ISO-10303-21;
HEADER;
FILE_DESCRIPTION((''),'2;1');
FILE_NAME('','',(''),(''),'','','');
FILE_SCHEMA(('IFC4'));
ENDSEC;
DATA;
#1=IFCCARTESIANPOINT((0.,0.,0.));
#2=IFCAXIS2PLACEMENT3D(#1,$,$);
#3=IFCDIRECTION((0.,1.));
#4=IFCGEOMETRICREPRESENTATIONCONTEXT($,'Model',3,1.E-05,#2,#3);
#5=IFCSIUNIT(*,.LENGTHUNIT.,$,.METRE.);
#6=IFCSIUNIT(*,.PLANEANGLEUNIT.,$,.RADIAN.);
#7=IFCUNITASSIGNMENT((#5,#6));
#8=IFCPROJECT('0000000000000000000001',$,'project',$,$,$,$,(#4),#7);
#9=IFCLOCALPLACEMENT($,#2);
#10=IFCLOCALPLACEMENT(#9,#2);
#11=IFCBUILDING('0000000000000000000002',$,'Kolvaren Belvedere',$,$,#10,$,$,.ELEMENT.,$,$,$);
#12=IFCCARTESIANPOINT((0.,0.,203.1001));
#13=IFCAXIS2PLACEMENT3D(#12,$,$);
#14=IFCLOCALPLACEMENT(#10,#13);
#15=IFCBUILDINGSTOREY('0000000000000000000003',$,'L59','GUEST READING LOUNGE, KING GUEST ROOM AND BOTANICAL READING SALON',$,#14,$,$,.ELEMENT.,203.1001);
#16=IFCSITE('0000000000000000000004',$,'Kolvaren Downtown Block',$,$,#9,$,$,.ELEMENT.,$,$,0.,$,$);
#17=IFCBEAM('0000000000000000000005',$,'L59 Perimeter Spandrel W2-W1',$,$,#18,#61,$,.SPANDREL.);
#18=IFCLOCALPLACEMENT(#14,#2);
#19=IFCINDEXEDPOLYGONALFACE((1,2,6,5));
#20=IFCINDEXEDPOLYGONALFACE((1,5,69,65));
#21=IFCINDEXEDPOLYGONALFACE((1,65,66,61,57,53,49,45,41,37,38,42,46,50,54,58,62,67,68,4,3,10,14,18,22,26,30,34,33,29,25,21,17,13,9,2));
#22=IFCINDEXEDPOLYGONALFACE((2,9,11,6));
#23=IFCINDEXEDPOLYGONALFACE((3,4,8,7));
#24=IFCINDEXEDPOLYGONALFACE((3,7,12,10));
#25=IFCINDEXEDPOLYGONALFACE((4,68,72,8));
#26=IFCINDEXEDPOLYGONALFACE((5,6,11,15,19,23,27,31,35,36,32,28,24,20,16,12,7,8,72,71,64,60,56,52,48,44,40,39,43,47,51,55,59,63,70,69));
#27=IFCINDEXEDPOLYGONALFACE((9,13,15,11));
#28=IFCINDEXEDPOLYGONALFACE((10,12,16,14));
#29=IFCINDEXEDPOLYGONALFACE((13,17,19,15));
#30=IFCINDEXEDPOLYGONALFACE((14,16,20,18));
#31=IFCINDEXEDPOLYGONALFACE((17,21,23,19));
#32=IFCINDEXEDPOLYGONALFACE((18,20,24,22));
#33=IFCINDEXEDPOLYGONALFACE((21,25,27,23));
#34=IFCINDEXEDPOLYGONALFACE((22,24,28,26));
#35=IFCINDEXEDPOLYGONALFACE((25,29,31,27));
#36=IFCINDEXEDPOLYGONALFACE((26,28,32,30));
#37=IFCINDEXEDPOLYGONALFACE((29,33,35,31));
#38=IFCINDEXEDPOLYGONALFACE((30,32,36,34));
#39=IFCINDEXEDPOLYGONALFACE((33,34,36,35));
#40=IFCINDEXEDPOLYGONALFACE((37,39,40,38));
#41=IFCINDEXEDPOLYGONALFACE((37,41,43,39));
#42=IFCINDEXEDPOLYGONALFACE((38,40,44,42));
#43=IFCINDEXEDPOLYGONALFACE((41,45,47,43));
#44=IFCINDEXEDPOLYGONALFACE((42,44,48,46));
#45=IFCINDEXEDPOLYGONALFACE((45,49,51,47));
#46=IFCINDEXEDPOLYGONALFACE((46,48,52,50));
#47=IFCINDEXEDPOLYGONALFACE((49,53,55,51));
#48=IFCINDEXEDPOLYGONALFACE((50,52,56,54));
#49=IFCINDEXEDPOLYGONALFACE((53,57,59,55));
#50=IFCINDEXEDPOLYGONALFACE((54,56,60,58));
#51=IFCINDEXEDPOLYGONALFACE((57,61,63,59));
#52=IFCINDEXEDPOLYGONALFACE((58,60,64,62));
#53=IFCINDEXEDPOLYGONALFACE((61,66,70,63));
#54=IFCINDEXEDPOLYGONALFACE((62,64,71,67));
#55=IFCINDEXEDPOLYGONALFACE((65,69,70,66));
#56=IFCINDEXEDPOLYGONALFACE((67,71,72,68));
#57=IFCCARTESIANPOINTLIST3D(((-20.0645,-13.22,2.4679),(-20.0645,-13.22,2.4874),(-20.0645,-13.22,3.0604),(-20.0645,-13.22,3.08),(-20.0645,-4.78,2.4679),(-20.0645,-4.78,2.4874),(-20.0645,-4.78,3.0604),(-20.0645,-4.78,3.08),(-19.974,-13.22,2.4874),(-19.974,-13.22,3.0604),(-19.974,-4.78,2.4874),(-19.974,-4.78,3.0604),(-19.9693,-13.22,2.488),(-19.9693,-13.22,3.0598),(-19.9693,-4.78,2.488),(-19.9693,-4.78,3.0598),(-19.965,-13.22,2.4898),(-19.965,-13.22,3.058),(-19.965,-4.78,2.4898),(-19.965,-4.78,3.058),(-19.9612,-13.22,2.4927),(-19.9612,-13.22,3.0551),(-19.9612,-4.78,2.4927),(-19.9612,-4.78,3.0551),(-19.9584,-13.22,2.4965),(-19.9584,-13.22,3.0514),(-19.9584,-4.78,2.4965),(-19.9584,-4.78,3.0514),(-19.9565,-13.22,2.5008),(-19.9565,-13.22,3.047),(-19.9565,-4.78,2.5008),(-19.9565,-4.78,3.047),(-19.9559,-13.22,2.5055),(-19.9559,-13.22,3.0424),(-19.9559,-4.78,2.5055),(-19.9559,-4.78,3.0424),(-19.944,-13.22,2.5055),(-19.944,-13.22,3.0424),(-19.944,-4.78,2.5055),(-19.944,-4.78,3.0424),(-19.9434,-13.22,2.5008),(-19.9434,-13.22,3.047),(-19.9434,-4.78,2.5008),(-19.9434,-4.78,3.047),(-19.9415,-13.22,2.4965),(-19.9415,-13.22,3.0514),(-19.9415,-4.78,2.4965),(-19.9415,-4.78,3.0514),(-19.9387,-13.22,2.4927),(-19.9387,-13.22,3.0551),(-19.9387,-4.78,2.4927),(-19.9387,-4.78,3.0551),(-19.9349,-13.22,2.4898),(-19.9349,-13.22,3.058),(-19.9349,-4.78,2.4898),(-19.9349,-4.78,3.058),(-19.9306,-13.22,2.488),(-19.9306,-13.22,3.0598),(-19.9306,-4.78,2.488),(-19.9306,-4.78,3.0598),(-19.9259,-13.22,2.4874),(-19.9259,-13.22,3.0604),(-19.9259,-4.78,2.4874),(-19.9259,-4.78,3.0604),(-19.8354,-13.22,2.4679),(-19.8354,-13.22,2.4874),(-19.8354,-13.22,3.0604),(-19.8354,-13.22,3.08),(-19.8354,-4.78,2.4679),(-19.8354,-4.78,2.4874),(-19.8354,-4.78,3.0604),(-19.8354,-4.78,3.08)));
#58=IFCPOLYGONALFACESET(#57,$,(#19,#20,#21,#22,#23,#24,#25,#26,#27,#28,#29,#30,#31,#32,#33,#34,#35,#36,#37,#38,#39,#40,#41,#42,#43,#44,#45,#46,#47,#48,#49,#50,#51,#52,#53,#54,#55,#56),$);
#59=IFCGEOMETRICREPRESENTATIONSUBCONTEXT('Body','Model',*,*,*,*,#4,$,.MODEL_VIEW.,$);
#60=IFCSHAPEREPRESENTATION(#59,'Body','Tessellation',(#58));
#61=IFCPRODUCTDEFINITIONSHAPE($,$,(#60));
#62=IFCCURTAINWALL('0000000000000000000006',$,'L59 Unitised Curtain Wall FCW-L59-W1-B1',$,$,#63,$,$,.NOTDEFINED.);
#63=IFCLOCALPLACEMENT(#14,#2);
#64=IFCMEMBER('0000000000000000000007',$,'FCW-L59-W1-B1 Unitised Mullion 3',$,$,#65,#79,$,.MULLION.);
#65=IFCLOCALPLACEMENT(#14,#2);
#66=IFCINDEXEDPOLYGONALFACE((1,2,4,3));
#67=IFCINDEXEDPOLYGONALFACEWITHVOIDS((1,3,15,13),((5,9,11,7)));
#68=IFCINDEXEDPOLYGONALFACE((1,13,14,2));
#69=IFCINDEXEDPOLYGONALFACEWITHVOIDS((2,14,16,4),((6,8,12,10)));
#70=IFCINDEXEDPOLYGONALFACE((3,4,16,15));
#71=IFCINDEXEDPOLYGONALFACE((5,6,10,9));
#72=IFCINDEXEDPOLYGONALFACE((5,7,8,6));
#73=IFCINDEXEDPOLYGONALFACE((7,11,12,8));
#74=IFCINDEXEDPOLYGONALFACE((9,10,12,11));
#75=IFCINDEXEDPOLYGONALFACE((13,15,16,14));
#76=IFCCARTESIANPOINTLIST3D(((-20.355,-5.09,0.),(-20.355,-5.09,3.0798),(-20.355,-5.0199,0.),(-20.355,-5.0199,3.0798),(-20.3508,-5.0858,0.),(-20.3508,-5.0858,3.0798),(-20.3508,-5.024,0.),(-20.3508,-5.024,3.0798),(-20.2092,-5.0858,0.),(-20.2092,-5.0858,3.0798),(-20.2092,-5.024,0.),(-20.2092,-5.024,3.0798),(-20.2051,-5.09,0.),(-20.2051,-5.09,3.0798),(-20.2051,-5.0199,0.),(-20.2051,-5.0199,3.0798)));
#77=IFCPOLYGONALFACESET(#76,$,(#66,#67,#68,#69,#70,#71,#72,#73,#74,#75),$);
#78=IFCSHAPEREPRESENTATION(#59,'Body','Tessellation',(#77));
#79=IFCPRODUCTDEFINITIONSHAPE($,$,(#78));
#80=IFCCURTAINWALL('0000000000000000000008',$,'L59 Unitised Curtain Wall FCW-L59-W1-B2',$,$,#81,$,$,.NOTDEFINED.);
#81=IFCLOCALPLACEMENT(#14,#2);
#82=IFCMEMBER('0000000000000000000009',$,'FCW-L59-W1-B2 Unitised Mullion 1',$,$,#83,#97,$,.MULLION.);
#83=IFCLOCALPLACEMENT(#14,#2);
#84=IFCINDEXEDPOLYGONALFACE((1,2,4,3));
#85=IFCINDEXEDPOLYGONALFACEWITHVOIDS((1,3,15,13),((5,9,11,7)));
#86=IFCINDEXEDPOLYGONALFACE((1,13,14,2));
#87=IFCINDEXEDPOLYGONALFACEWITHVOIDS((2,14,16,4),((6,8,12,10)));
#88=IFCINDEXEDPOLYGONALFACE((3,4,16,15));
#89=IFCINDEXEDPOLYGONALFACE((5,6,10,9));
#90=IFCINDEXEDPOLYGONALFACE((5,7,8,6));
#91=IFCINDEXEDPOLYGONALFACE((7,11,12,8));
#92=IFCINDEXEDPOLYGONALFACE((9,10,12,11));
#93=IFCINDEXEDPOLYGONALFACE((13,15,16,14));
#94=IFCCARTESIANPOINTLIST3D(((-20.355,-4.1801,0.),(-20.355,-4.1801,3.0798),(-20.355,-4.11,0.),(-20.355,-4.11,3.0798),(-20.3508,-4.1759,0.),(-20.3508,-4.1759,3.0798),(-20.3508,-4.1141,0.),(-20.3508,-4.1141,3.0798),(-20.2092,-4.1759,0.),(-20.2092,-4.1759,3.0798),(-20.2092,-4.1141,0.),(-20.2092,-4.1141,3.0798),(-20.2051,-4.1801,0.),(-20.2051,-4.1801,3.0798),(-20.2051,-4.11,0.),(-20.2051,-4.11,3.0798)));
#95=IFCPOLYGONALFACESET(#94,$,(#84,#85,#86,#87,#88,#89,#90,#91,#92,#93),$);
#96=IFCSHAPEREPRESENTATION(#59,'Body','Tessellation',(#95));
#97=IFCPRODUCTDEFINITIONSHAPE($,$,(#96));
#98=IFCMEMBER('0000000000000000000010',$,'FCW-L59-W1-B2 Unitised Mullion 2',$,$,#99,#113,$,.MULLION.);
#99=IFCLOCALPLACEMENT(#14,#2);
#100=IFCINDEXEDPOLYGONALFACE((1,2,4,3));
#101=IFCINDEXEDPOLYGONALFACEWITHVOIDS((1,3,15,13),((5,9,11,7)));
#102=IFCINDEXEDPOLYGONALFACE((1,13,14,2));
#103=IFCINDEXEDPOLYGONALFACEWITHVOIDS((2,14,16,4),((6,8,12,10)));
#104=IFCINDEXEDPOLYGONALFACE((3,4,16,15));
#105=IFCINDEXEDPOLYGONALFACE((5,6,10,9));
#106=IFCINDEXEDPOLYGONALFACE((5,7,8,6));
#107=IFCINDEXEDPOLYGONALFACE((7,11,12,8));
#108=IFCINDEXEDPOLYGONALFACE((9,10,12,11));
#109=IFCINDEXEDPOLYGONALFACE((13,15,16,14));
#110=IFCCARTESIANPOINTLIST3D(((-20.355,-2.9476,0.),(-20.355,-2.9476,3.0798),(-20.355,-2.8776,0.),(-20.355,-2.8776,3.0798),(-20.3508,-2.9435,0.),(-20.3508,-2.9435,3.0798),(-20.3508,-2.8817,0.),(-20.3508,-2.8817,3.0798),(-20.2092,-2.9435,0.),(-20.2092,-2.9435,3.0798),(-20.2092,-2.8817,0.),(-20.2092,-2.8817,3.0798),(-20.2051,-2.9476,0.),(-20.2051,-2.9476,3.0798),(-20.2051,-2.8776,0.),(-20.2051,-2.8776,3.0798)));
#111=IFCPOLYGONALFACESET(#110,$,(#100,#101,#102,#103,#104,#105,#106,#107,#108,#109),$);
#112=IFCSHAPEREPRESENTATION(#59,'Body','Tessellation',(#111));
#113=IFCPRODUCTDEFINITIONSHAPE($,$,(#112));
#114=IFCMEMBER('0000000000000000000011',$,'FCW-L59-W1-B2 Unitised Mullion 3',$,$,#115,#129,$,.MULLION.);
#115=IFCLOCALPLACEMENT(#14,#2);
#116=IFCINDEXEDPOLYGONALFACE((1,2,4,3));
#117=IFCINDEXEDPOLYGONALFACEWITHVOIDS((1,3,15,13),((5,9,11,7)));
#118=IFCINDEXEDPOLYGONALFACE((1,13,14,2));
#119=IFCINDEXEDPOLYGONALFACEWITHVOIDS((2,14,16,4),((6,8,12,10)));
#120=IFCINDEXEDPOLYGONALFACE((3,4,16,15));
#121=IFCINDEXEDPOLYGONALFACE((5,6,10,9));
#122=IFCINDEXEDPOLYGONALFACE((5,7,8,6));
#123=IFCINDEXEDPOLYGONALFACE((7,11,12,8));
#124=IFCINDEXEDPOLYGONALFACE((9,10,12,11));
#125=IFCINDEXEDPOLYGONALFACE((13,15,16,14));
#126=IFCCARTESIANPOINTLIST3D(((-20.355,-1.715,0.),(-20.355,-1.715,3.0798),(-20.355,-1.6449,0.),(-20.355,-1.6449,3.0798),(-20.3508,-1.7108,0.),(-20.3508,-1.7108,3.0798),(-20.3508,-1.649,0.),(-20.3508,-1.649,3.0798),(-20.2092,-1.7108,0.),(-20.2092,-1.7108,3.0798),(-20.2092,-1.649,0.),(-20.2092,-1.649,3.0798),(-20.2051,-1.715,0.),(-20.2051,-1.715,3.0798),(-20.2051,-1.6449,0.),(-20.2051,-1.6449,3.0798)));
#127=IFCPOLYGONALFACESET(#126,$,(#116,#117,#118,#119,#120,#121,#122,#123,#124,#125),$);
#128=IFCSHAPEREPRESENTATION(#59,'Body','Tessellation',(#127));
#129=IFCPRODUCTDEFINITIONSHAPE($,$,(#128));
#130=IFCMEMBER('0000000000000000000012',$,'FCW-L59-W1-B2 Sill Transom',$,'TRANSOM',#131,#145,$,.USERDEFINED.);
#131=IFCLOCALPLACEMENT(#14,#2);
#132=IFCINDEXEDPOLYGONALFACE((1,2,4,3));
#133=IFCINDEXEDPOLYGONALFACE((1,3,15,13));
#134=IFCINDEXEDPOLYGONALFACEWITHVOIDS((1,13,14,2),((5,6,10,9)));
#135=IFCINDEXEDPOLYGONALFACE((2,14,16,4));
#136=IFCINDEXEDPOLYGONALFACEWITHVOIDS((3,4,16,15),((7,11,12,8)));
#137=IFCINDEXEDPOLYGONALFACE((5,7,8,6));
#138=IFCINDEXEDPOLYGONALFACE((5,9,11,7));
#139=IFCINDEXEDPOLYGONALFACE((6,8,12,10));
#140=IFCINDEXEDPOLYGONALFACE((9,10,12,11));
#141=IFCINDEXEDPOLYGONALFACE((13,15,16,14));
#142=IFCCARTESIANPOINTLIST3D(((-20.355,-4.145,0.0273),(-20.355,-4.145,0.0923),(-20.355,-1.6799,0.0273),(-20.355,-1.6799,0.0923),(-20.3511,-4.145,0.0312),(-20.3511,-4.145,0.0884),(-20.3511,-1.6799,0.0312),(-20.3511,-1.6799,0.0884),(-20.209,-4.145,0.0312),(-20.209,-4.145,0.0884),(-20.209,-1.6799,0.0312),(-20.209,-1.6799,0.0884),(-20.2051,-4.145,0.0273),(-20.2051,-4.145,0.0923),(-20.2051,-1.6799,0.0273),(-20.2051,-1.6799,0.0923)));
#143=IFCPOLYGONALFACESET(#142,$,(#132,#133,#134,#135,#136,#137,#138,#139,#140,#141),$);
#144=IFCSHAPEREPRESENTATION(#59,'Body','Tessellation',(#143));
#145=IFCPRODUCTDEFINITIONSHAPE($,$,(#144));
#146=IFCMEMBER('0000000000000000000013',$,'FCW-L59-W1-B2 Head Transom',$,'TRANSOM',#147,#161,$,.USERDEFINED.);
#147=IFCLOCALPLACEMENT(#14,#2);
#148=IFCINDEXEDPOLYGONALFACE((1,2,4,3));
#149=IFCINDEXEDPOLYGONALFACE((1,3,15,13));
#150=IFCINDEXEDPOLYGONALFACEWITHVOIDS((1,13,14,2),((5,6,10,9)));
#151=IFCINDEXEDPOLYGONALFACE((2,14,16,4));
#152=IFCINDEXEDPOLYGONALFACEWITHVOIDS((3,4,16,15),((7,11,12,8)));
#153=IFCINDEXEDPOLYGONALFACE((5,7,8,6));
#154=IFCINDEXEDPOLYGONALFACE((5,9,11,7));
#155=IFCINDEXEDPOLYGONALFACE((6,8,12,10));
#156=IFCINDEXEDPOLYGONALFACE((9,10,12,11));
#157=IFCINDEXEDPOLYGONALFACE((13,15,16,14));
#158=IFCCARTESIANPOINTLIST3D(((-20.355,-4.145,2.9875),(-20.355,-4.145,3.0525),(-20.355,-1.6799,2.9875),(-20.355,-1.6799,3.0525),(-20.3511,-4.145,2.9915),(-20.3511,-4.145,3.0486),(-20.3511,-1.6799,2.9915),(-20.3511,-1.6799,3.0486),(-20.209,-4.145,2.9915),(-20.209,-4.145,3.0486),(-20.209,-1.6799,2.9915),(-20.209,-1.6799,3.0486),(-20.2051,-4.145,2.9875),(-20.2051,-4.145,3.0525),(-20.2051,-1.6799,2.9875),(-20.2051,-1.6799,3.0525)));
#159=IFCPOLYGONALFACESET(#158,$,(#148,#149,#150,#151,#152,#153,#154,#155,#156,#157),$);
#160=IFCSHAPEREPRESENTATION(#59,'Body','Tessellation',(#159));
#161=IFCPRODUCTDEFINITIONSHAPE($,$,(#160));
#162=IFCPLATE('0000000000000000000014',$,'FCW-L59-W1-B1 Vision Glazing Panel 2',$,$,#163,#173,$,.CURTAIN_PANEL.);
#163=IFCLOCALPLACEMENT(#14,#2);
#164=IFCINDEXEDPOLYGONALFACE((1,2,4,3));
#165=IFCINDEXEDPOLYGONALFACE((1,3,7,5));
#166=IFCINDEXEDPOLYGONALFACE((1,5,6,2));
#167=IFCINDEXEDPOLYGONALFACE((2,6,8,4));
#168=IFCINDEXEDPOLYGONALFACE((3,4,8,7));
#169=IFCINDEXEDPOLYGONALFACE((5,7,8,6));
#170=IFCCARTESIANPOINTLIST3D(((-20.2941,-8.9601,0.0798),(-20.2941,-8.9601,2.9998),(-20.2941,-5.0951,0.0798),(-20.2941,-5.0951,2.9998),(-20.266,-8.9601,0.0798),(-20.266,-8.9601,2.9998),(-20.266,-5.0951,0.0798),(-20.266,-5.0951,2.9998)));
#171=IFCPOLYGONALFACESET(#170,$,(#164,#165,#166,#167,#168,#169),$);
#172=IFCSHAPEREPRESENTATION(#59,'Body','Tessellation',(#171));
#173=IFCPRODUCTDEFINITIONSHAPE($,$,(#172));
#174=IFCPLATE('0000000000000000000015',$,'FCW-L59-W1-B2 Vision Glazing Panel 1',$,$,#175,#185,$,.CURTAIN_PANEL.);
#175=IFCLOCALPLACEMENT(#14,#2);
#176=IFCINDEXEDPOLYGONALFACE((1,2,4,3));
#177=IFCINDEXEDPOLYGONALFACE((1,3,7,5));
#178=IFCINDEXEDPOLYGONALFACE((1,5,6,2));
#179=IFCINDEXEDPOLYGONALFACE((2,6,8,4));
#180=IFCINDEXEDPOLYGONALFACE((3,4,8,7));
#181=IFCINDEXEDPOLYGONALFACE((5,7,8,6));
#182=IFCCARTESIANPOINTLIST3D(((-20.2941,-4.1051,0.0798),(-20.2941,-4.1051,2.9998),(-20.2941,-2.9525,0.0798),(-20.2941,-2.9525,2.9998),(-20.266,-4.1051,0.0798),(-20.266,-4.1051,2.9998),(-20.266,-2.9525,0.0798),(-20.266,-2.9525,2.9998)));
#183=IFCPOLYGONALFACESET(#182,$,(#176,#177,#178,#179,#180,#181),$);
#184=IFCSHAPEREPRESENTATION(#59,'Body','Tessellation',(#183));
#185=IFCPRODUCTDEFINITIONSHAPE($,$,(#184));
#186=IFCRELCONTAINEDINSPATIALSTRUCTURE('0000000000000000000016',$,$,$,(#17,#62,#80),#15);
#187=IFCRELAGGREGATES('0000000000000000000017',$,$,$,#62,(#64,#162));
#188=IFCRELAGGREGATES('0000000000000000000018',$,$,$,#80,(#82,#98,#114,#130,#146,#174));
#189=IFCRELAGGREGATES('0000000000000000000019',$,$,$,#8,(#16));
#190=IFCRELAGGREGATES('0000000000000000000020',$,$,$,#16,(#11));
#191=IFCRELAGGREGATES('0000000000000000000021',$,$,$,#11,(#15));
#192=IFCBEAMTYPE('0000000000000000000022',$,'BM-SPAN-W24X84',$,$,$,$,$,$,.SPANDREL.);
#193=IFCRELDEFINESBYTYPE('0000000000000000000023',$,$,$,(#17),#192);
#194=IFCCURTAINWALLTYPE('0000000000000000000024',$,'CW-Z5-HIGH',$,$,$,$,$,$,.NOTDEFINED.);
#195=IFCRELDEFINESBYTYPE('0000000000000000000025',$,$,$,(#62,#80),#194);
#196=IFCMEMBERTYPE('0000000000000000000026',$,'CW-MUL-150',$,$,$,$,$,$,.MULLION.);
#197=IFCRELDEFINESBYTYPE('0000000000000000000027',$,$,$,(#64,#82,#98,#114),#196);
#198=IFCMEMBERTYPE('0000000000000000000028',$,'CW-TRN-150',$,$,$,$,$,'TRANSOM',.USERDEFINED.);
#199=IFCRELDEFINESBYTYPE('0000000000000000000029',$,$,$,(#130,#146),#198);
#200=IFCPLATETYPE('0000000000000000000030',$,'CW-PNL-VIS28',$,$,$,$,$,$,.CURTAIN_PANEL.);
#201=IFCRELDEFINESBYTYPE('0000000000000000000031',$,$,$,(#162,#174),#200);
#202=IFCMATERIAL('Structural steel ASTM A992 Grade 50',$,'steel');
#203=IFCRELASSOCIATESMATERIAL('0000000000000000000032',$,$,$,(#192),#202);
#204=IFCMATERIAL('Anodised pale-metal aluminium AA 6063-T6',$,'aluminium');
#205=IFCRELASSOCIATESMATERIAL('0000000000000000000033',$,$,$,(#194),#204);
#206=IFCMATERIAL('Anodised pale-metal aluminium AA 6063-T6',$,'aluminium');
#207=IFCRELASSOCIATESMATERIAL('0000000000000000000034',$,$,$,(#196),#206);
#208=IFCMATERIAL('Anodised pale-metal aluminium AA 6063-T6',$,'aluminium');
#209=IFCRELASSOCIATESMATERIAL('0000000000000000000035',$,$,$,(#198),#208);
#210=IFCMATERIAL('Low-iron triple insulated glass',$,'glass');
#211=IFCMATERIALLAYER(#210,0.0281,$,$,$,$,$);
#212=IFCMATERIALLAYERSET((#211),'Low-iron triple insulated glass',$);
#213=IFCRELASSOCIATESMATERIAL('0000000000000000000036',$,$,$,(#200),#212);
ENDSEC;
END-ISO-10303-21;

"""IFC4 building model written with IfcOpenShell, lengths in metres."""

from ifc_helpers import new_model, si_unit, direction, frame, origin, origin_2d, place, context, subcontext, project, spatial, rectangle, hollow_rectangle, i_section, extrude, material, layer, layer_set, material_profile, profile_set, type_object, element, aggregate, save


model = new_model("IFC4")

# Units and contexts
model_context = context("Model", 3, precision=1e-05, world=origin(), true_north=direction((0.0, 1.0)))
body_context = subcontext(model_context, "Body", "Model", "MODEL_VIEW")
ifc_project = project(units=[si_unit("LENGTHUNIT", "METRE"), si_unit("PLANEANGLEUNIT", "RADIAN")], contexts=[model_context])

# Site, building, storey
site_placement = place(None, origin())
site = spatial("IfcSite", under=ifc_project, at=site_placement, Name="Kolvaren Downtown Block", CompositionType="ELEMENT", RefElevation=0.0)
building_placement = place(site_placement, origin())
building = spatial("IfcBuilding", under=site, at=building_placement, Name="Kolvaren Belvedere", CompositionType="ELEMENT")
storey_placement = place(building_placement, frame((0.0, 0.0, 203.1001)))
storey = spatial("IfcBuildingStorey", under=building, at=storey_placement, Name="L59", Description="GUEST READING LOUNGE, KING GUEST ROOM AND BOTANICAL READING SALON", CompositionType="ELEMENT", Elevation=203.1001)

# Beam
ifc_material_1 = material(Name="Structural steel ASTM A992 Grade 50", Category="steel")
ifc_material_profile_1 = material_profile(ifc_material_1, i_section(OverallWidth=0.229, OverallDepth=0.6121, WebThickness=0.012, FlangeThickness=0.0195, FilletRadius=0.0181, at=origin_2d()), Name="W24X84")
ifc_profile_set_1 = profile_set([ifc_material_profile_1], Name="Structural steel ASTM A992 Grade 50")
beam_type_1 = type_object("IfcBeamType", Name="BM-SPAN-W24X84", PredefinedType="SPANDREL", material=ifc_profile_set_1)
beam_1_placement = place(storey_placement, frame((-19.95, -4.78, 2.7739), z_axis=(0.0, -1.0, 0.0), x_axis=(1.0, 0.0, 0.0)))
element("IfcBeam", 1, at=beam_1_placement, inside=storey, type_object=beam_type_1, Name="L59 Perimeter Spandrel W2-W1", PredefinedType="SPANDREL", context=body_context, shape_type="SweptSolid", body=[
    extrude(i_section(OverallWidth=0.229, OverallDepth=0.6121, WebThickness=0.012, FlangeThickness=0.0195, FilletRadius=0.0181, at=origin_2d()), origin(), (0.0, 0.0, 1.0), 8.4399),
])

# Curtain wall, member
ifc_material_2 = material(Name="Anodised pale-metal aluminium AA 6063-T6", Category="aluminium")
curtain_wall_type = type_object("IfcCurtainWallType", Name="CW-Z5-HIGH", PredefinedType="NOTDEFINED", material=ifc_material_2)
curtain_wall_1_placement = place(storey_placement, origin())
curtain_wall_1 = element("IfcCurtainWall", 2, at=curtain_wall_1_placement, inside=storey, type_object=curtain_wall_type, Name="L59 Unitised Curtain Wall FCW-L59-W1-B1", PredefinedType="NOTDEFINED")
ifc_material_3 = material(Name="Anodised pale-metal aluminium AA 6063-T6", Category="aluminium")
ifc_material_profile_2 = material_profile(ifc_material_3, hollow_rectangle(XDim=0.0701, YDim=0.1499, WallThickness=0.0042, at=origin_2d()), Name="ALU-MUL-150X70")
ifc_profile_set_2 = profile_set([ifc_material_profile_2], Name="Anodised pale-metal aluminium AA 6063-T6")
member_type_1 = type_object("IfcMemberType", Name="CW-MUL-150", PredefinedType="MULLION", material=ifc_profile_set_2)
member_1_placement = place(storey_placement, frame((-20.28, -5.0549, 0.0), z_axis=(0.0, 0.0, 1.0), x_axis=(0.0, 1.0, 0.0)))
member_1 = element("IfcMember", 3, at=member_1_placement, type_object=member_type_1, Name="FCW-L59-W1-B1 Unitised Mullion 3", PredefinedType="MULLION", context=body_context, shape_type="SweptSolid", body=[
    extrude(hollow_rectangle(XDim=0.0701, YDim=0.1499, WallThickness=0.0042, at=origin_2d()), origin(), (0.0, 0.0, 1.0), 3.0798),
])

# Curtain wall, members
curtain_wall_2_placement = place(storey_placement, origin())
curtain_wall_2 = element("IfcCurtainWall", 4, at=curtain_wall_2_placement, inside=storey, type_object=curtain_wall_type, Name="L59 Unitised Curtain Wall FCW-L59-W1-B2", PredefinedType="NOTDEFINED")
member_2_placement = place(storey_placement, frame((-20.28, -4.145, 0.0), z_axis=(0.0, 0.0, 1.0), x_axis=(0.0, 1.0, 0.0)))
member_2 = element("IfcMember", 5, at=member_2_placement, type_object=member_type_1, Name="FCW-L59-W1-B2 Unitised Mullion 1", PredefinedType="MULLION", context=body_context, shape_type="SweptSolid", body=[
    extrude(hollow_rectangle(XDim=0.0701, YDim=0.1499, WallThickness=0.0042, at=origin_2d()), origin(), (0.0, 0.0, 1.0), 3.0798),
])
member_3_placement = place(storey_placement, frame((-20.28, -2.9126, 0.0), z_axis=(0.0, 0.0, 1.0), x_axis=(0.0, 1.0, 0.0)))
member_3 = element("IfcMember", 6, at=member_3_placement, type_object=member_type_1, Name="FCW-L59-W1-B2 Unitised Mullion 2", PredefinedType="MULLION", context=body_context, shape_type="SweptSolid", body=[
    extrude(hollow_rectangle(XDim=0.0701, YDim=0.1499, WallThickness=0.0042, at=origin_2d()), origin(), (0.0, 0.0, 1.0), 3.0798),
])
member_4_placement = place(storey_placement, frame((-20.28, -1.6799, 0.0), z_axis=(0.0, 0.0, 1.0), x_axis=(0.0, 1.0, 0.0)))
member_4 = element("IfcMember", 7, at=member_4_placement, type_object=member_type_1, Name="FCW-L59-W1-B2 Unitised Mullion 3", PredefinedType="MULLION", context=body_context, shape_type="SweptSolid", body=[
    extrude(hollow_rectangle(XDim=0.0701, YDim=0.1499, WallThickness=0.0042, at=origin_2d()), origin(), (0.0, 0.0, 1.0), 3.0798),
])
ifc_material_4 = material(Name="Anodised pale-metal aluminium AA 6063-T6", Category="aluminium")
ifc_material_profile_3 = material_profile(ifc_material_4, hollow_rectangle(XDim=0.0649, YDim=0.1499, WallThickness=0.0039, at=origin_2d()), Name="ALU-TRN-150X65")
ifc_profile_set_3 = profile_set([ifc_material_profile_3], Name="Anodised pale-metal aluminium AA 6063-T6")
member_type_2 = type_object("IfcMemberType", Name="CW-TRN-150", ElementType="TRANSOM", PredefinedType="USERDEFINED", material=ifc_profile_set_3)
member_5_placement = place(storey_placement, frame((-20.28, -4.145, 0.0598), z_axis=(0.0, 1.0, 0.0), x_axis=(0.0, 0.0, 1.0)))
member_5 = element("IfcMember", 8, at=member_5_placement, type_object=member_type_2, Name="FCW-L59-W1-B2 Sill Transom", ObjectType="TRANSOM", PredefinedType="USERDEFINED", context=body_context, shape_type="SweptSolid", body=[
    extrude(hollow_rectangle(XDim=0.0649, YDim=0.1499, WallThickness=0.0039, at=origin_2d()), origin(), (0.0, 0.0, 1.0), 2.4651),
])
member_6_placement = place(storey_placement, frame((-20.28, -4.145, 3.02), z_axis=(0.0, 1.0, 0.0), x_axis=(0.0, 0.0, 1.0)))
member_6 = element("IfcMember", 9, at=member_6_placement, type_object=member_type_2, Name="FCW-L59-W1-B2 Head Transom", ObjectType="TRANSOM", PredefinedType="USERDEFINED", context=body_context, shape_type="SweptSolid", body=[
    extrude(hollow_rectangle(XDim=0.0649, YDim=0.1499, WallThickness=0.0039, at=origin_2d()), origin(), (0.0, 0.0, 1.0), 2.4651),
])

# Plates
ifc_material_5 = material(Name="Low-iron triple insulated glass", Category="glass")
ifc_layer_1 = layer(ifc_material_5, 0.0281)
ifc_layer_set_1 = layer_set([ifc_layer_1], Name="Low-iron triple insulated glass")
plate_type_1 = type_object("IfcPlateType", Name="CW-PNL-VIS28", PredefinedType="CURTAIN_PANEL", material=ifc_layer_set_1)
plate_1_placement = place(storey_placement, frame((-20.28, -7.0276, 0.0798), z_axis=(0.0, 0.0, 1.0), x_axis=(0.0, 1.0, 0.0)))
plate_1 = element("IfcPlate", 10, at=plate_1_placement, type_object=plate_type_1, Name="FCW-L59-W1-B1 Vision Glazing Panel 2", PredefinedType="CURTAIN_PANEL", context=body_context, shape_type="SweptSolid", body=[
    extrude(rectangle(XDim=3.865, YDim=0.0281, at=origin_2d()), origin(), (0.0, 0.0, 1.0), 2.9199),
])
aggregate(curtain_wall_1, [member_1, plate_1])
plate_2_placement = place(storey_placement, frame((-20.28, -3.5288, 0.0798), z_axis=(0.0, 0.0, 1.0), x_axis=(0.0, 1.0, 0.0)))
plate_2 = element("IfcPlate", 11, at=plate_2_placement, type_object=plate_type_1, Name="FCW-L59-W1-B2 Vision Glazing Panel 1", PredefinedType="CURTAIN_PANEL", context=body_context, shape_type="SweptSolid", body=[
    extrude(rectangle(XDim=1.1526, YDim=0.0281, at=origin_2d()), origin(), (0.0, 0.0, 1.0), 2.9199),
])
aggregate(curtain_wall_2, [member_2, member_3, member_4, member_5, member_6, plate_2])

save(model, "model.ifc")
